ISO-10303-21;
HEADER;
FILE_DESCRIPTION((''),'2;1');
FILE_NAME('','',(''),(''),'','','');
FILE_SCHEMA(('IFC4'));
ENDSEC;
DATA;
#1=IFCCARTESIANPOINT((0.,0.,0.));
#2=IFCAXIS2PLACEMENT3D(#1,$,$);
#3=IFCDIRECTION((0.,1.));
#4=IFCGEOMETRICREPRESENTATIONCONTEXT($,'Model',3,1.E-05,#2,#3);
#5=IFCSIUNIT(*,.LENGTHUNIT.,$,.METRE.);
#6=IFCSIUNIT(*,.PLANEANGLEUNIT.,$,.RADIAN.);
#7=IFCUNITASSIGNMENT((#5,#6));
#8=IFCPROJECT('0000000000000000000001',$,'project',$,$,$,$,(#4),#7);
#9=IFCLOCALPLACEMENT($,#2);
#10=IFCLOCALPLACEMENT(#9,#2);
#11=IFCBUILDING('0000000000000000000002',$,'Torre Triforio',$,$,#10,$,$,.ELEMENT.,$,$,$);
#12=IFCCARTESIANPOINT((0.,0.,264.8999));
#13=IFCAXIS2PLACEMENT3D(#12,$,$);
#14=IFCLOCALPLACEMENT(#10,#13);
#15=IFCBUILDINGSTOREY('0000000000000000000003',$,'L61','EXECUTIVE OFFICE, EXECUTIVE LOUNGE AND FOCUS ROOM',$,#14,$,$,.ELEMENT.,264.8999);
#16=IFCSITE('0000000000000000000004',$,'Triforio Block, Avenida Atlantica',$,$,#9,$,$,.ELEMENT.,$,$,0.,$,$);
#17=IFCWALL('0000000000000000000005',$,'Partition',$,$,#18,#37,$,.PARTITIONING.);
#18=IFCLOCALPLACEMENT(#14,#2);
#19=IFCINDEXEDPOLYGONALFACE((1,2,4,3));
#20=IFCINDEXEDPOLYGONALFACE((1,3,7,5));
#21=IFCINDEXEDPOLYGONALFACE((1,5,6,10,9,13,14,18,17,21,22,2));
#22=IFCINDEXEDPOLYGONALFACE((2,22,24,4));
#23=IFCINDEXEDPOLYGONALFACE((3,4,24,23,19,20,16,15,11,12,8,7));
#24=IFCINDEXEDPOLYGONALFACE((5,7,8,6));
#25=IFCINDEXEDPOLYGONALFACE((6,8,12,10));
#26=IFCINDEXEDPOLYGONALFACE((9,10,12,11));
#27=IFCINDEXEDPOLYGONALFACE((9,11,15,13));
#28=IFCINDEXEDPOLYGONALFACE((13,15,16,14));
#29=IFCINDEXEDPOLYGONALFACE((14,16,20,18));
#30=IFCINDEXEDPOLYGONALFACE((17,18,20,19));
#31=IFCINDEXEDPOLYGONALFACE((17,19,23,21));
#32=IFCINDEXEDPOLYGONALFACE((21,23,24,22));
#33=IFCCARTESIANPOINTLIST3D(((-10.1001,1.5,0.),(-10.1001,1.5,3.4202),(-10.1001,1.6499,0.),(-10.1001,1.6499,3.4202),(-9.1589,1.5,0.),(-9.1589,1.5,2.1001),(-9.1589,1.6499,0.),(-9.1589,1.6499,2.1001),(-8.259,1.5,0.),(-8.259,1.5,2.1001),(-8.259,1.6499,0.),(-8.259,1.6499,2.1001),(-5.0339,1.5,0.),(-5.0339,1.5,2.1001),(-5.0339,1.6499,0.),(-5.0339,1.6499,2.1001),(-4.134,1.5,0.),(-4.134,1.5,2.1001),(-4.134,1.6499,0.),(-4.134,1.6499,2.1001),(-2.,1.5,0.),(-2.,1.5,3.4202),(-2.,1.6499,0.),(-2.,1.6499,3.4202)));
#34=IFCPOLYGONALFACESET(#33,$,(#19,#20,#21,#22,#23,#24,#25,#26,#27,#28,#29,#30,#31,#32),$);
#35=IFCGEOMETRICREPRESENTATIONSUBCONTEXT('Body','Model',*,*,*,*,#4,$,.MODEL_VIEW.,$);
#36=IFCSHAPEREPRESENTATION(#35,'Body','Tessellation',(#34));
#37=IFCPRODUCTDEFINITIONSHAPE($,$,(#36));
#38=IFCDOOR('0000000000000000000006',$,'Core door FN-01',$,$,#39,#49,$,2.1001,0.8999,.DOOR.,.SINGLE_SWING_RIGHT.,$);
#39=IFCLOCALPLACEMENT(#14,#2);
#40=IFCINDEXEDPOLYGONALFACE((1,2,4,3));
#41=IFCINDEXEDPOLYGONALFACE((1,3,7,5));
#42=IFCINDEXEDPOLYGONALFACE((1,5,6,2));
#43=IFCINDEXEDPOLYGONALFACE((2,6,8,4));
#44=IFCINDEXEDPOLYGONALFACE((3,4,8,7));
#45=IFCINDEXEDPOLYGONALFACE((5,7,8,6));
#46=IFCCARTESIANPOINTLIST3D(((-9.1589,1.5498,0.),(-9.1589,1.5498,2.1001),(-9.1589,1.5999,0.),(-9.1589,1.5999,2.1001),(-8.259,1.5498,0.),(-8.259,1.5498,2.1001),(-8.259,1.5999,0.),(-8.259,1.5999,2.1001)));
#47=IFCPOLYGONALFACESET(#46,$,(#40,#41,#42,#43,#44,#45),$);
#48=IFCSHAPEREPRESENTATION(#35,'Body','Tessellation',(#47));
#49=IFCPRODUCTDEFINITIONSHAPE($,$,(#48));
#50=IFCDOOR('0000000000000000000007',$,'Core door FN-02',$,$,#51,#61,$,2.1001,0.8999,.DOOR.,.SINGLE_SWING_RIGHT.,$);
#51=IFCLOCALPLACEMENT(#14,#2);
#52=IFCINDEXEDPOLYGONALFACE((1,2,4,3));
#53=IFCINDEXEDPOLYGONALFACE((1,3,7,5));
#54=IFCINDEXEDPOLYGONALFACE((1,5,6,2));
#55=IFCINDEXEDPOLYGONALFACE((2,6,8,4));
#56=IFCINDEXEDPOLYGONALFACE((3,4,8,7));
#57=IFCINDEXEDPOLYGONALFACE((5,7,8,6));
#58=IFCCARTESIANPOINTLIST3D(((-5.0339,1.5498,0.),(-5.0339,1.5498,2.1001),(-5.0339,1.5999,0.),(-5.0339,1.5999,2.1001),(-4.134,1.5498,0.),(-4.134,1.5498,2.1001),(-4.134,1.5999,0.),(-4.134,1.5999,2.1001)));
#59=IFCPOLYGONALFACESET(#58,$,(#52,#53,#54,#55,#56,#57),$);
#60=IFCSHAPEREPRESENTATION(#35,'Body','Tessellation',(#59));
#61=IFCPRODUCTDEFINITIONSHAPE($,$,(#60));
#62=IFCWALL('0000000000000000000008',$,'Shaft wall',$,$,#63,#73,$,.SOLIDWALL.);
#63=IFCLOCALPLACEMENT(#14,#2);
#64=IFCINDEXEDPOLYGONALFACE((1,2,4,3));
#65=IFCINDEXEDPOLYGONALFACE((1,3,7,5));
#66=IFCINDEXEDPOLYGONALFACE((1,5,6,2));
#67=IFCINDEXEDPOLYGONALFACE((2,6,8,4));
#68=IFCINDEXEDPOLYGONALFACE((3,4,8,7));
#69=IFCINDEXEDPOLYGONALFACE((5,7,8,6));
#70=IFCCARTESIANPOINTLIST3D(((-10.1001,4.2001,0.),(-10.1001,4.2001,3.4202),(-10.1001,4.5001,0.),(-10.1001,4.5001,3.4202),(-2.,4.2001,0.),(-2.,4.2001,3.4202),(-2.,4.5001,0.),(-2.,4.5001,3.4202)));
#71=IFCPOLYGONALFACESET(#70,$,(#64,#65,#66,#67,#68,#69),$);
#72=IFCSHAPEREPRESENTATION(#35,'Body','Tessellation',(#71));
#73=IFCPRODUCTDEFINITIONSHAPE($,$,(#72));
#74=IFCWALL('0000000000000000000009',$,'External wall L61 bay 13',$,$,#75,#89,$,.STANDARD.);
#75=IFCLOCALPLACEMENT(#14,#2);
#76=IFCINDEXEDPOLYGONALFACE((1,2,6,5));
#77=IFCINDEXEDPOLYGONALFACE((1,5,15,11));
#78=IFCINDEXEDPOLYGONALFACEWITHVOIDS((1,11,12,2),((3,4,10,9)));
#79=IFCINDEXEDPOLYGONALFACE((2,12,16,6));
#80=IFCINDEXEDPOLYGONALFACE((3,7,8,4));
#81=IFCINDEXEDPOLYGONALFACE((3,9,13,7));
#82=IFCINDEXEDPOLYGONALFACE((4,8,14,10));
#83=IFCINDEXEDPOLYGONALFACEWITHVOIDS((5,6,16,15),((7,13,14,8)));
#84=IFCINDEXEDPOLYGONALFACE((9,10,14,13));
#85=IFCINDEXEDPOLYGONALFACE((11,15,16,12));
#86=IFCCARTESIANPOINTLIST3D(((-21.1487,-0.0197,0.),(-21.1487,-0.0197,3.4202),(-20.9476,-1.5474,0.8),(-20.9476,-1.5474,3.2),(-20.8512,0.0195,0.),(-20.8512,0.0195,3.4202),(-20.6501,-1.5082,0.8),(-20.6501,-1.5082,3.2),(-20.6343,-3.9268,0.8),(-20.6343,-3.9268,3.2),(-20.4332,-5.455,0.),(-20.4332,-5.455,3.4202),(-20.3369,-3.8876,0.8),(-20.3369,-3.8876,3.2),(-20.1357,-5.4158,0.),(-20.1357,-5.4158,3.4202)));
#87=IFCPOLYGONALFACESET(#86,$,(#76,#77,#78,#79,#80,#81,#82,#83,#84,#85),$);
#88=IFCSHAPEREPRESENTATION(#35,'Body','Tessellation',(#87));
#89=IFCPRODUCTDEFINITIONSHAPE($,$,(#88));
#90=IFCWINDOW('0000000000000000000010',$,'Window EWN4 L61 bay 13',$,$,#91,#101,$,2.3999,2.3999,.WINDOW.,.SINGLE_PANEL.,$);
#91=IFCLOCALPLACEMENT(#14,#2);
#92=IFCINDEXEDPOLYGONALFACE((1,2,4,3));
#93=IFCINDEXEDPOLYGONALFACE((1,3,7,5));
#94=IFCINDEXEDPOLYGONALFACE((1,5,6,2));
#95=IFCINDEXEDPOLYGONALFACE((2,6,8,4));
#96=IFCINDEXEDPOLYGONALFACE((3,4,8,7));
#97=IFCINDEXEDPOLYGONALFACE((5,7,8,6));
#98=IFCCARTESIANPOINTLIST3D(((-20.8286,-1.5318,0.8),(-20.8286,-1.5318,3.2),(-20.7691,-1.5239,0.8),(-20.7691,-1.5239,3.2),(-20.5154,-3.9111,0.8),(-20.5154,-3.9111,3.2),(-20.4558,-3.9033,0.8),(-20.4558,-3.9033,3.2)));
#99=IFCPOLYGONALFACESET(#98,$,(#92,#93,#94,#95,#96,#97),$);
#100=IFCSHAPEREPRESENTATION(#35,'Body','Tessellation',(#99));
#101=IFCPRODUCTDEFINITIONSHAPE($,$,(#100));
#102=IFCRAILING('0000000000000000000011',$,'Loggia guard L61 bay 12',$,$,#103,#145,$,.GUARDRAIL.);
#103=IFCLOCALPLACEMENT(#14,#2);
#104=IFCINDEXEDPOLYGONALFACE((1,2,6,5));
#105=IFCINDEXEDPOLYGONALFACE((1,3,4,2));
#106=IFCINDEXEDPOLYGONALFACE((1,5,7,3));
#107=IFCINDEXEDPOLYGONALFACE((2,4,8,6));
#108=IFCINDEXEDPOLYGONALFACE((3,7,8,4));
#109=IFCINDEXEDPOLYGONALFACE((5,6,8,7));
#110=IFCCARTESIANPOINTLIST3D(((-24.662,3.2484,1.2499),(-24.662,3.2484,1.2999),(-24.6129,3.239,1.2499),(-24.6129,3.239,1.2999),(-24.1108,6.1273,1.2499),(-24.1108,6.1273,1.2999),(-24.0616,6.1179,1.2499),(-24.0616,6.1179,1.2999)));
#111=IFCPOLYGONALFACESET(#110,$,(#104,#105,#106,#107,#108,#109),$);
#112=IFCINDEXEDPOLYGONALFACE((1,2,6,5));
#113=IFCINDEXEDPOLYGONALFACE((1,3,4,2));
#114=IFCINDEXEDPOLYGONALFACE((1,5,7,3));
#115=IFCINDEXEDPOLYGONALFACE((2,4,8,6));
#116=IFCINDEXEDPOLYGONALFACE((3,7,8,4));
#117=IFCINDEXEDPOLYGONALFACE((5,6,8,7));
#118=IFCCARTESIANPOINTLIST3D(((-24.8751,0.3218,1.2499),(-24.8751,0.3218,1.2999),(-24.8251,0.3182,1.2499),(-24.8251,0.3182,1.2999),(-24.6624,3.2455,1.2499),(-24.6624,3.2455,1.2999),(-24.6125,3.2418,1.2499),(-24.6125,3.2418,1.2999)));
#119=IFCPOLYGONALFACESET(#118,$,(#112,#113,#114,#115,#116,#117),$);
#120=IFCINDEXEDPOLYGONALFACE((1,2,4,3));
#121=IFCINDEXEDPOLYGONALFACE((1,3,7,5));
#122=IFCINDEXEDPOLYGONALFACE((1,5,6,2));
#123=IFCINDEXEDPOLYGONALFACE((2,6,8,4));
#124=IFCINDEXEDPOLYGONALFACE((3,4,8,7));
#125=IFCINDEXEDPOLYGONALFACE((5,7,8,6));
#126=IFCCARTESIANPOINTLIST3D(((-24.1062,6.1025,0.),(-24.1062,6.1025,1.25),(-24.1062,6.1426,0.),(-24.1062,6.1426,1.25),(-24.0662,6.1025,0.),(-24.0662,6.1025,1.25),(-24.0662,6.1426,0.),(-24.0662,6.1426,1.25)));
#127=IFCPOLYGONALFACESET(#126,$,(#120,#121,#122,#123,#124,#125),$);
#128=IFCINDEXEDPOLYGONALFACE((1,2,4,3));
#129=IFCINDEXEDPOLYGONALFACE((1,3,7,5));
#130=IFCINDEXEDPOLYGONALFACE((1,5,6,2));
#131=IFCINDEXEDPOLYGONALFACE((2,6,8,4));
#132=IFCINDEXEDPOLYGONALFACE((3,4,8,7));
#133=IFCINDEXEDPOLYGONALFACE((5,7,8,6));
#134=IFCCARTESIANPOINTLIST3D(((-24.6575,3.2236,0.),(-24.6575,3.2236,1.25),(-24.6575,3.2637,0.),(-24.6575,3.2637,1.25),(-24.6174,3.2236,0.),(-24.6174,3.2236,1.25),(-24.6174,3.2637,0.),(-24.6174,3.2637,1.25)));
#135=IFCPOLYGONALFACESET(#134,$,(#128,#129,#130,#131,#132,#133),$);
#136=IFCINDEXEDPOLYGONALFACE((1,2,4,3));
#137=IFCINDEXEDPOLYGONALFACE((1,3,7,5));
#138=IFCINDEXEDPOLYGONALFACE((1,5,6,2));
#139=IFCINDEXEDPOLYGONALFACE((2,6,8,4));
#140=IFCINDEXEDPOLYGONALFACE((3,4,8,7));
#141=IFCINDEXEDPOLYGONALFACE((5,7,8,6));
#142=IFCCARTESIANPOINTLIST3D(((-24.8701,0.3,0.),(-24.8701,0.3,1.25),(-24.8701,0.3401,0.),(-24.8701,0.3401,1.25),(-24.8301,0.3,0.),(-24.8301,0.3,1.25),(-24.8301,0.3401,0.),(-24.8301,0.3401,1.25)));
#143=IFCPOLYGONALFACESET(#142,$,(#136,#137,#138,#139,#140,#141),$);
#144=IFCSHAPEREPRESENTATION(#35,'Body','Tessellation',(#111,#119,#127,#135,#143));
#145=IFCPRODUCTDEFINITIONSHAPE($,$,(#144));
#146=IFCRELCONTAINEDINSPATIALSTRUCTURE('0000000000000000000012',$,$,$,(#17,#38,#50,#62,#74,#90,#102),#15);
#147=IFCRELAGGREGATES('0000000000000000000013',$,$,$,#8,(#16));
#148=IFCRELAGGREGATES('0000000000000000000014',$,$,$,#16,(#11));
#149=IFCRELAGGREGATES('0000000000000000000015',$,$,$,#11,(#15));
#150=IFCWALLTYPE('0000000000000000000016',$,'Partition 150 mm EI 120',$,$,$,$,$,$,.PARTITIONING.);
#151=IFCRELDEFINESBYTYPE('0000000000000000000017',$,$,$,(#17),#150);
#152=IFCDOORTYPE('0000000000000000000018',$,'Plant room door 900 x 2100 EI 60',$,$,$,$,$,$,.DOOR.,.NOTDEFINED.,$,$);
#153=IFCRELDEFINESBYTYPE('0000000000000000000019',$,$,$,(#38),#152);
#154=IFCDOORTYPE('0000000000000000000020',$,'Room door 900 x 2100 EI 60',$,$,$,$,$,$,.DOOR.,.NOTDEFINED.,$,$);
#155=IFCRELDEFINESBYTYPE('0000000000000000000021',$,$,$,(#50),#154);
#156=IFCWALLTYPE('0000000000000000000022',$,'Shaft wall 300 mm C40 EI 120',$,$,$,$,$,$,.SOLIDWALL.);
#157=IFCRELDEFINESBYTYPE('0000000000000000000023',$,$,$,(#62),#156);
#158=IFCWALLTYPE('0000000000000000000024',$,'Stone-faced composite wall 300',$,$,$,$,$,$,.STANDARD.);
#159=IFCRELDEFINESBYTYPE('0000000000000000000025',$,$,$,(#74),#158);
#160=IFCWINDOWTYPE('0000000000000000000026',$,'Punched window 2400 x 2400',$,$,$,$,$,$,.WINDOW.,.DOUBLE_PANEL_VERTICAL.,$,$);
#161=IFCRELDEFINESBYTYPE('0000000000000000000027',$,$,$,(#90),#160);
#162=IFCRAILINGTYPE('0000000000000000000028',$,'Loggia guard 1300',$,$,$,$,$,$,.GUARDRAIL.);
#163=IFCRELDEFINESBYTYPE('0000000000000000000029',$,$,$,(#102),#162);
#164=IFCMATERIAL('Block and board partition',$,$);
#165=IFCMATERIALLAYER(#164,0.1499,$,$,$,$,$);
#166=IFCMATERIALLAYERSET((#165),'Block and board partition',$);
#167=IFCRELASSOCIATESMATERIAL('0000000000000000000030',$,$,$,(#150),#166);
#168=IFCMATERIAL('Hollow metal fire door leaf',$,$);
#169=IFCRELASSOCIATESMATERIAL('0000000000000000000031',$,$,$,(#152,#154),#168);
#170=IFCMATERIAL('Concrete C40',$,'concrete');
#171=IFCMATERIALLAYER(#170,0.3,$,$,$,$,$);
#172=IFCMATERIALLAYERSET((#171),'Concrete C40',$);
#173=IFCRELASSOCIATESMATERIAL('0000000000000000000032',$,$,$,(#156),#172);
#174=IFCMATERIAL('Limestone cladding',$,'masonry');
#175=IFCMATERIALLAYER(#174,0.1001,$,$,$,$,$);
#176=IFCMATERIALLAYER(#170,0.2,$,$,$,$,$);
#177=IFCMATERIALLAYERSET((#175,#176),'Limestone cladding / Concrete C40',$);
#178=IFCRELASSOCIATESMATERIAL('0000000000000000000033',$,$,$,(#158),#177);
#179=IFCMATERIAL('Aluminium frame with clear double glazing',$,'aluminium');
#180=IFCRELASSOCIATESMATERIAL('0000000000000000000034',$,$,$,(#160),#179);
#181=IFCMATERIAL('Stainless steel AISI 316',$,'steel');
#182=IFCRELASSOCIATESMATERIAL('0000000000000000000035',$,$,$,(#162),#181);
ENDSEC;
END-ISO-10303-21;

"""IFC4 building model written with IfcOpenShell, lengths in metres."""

from ifc_helpers import new_model, si_unit, direction, frame, frame_2d, origin, origin_2d, place, context, subcontext, project, spatial, rectangle, extrude, material, layer, layer_set, type_object, element, fill, save


model = new_model("IFC4")

# Units and contexts
model_context = context("Model", 3, precision=1e-05, world=origin(), true_north=direction((0.0, 1.0)))
body_context = subcontext(model_context, "Body", "Model", "MODEL_VIEW")
ifc_project = project(units=[si_unit("LENGTHUNIT", "METRE"), si_unit("PLANEANGLEUNIT", "RADIAN")], contexts=[model_context])

# Site, building, storey
site_placement = place(None, origin())
site = spatial("IfcSite", under=ifc_project, at=site_placement, Name="Triforio Block, Avenida Atlantica", CompositionType="ELEMENT", RefElevation=0.0)
building_placement = place(site_placement, origin())
building = spatial("IfcBuilding", under=site, at=building_placement, Name="Torre Triforio", CompositionType="ELEMENT")
storey_placement = place(building_placement, frame((0.0, 0.0, 264.8999)))
storey = spatial("IfcBuildingStorey", under=building, at=storey_placement, Name="L61", Description="EXECUTIVE OFFICE, EXECUTIVE LOUNGE AND FOCUS ROOM", CompositionType="ELEMENT", Elevation=264.8999)

# Shared definitions
ifc_material_1 = material(Name="Concrete C40", Category="concrete")

# Shared definitions
ifc_material_2 = material(Name="Hollow metal fire door leaf")

# Wall, openings, doors
ifc_material_3 = material(Name="Block and board partition")
ifc_layer_1 = layer(ifc_material_3, 0.1499)
ifc_layer_set_1 = layer_set([ifc_layer_1], Name="Block and board partition")
wall_type_1 = type_object("IfcWallType", Name="Partition 150 mm EI 120", PredefinedType="PARTITIONING", material=ifc_layer_set_1)
wall_1_placement = place(storey_placement, frame((-10.1001, 1.575, 0.0), z_axis=(0.0, 0.0, 1.0), x_axis=(1.0, 0.0, 0.0)))
wall_1 = element("IfcWall", 1, at=wall_1_placement, inside=storey, type_object=wall_type_1, Name="Partition", PredefinedType="PARTITIONING", context=body_context, shape_type="SweptSolid", body=[
    extrude(rectangle(XDim=8.1001, YDim=0.1499, at=frame_2d((4.05, 0.0))), origin(), (0.0, 0.0, 1.0), 3.4202),
])
opening_1_placement = place(wall_1_placement, frame((0.9412, 0.0, 0.0)))
opening_1 = element("IfcOpeningElement", 2, at=opening_1_placement, cuts=wall_1, PredefinedType="OPENING", context=body_context, shape_type="SweptSolid", body=[
    extrude(rectangle(XDim=0.8999, YDim=2.1001, at=frame_2d((0.45, 1.05))), frame((0.0, 0.085, 0.0), z_axis=(0.0, -1.0, 0.0), x_axis=(1.0, 0.0, 0.0)), (0.0, 0.0, 1.0), 0.1699),
])
opening_2_placement = place(wall_1_placement, frame((5.0662, 0.0, 0.0)))
opening_2 = element("IfcOpeningElement", 3, at=opening_2_placement, cuts=wall_1, PredefinedType="OPENING", context=body_context, shape_type="SweptSolid", body=[
    extrude(rectangle(XDim=0.8999, YDim=2.1001, at=frame_2d((0.45, 1.05))), frame((0.0, 0.085, 0.0), z_axis=(0.0, -1.0, 0.0), x_axis=(1.0, 0.0, 0.0)), (0.0, 0.0, 1.0), 0.1699),
])
door_type_1 = type_object("IfcDoorType", Name="Plant room door 900 x 2100 EI 60", OperationType="NOTDEFINED", PredefinedType="DOOR", material=ifc_material_2)
door_1_placement = place(opening_1_placement, origin())
door_1 = element("IfcDoor", 4, at=door_1_placement, inside=storey, type_object=door_type_1, Name="Core door FN-01", OperationType="SINGLE_SWING_RIGHT", OverallHeight=2.1001, OverallWidth=0.8999, PredefinedType="DOOR", context=body_context, shape_type="SweptSolid", body=[
    extrude(rectangle(XDim=0.8999, YDim=2.1001, at=frame_2d((0.45, 1.05))), frame((0.0, 0.0249, 0.0), z_axis=(0.0, -1.0, 0.0), x_axis=(1.0, 0.0, 0.0)), (0.0, 0.0, 1.0), 0.05),
])
fill(opening_1, door_1)
door_type_2 = type_object("IfcDoorType", Name="Room door 900 x 2100 EI 60", OperationType="NOTDEFINED", PredefinedType="DOOR", material=ifc_material_2)
door_2_placement = place(opening_2_placement, origin())
door_2 = element("IfcDoor", 5, at=door_2_placement, inside=storey, type_object=door_type_2, Name="Core door FN-02", OperationType="SINGLE_SWING_RIGHT", OverallHeight=2.1001, OverallWidth=0.8999, PredefinedType="DOOR", context=body_context, shape_type="SweptSolid", body=[
    extrude(rectangle(XDim=0.8999, YDim=2.1001, at=frame_2d((0.45, 1.05))), frame((0.0, 0.0249, 0.0), z_axis=(0.0, -1.0, 0.0), x_axis=(1.0, 0.0, 0.0)), (0.0, 0.0, 1.0), 0.05),
])
fill(opening_2, door_2)

# Wall
ifc_layer_2 = layer(ifc_material_1, 0.3)
ifc_layer_set_2 = layer_set([ifc_layer_2], Name="Concrete C40")
wall_type_2 = type_object("IfcWallType", Name="Shaft wall 300 mm C40 EI 120", PredefinedType="SOLIDWALL", material=ifc_layer_set_2)
wall_2_placement = place(storey_placement, frame((-10.1001, 4.3501, 0.0), z_axis=(0.0, 0.0, 1.0), x_axis=(1.0, 0.0, 0.0)))
element("IfcWall", 6, at=wall_2_placement, inside=storey, type_object=wall_type_2, Name="Shaft wall", PredefinedType="SOLIDWALL", context=body_context, shape_type="SweptSolid", body=[
    extrude(rectangle(XDim=8.1001, YDim=0.3, at=frame_2d((4.05, 0.0))), origin(), (0.0, 0.0, 1.0), 3.4202),
])

# Shared definitions
ifc_material_4 = material(Name="Limestone cladding", Category="masonry")
ifc_layer_3 = layer(ifc_material_4, 0.1001)
ifc_layer_4 = layer(ifc_material_1, 0.2)
ifc_layer_set_3 = layer_set([ifc_layer_3, ifc_layer_4], Name="Limestone cladding / Concrete C40")
wall_type_3 = type_object("IfcWallType", Name="Stone-faced composite wall 300", PredefinedType="STANDARD", material=ifc_layer_set_3)
ifc_material_5 = material(Name="Aluminium frame with clear double glazing", Category="aluminium")

# Wall, opening, window
wall_3_placement = place(storey_placement, frame((-21.0, 0.0, 0.0), z_axis=(0.0, 0.0, 1.0), x_axis=(0.130527, -0.991445, 0.0)))
wall_3 = element("IfcWall", 7, at=wall_3_placement, inside=storey, type_object=wall_type_3, Name="External wall L61 bay 13", PredefinedType="STANDARD", context=body_context, shape_type="SweptSolid", body=[
    extrude(rectangle(XDim=5.4822, YDim=0.3, at=frame_2d((2.7412, 0.0))), origin(), (0.0, 0.0, 1.0), 3.4202),
])
opening_3_placement = place(wall_3_placement, frame((1.541, 0.0, 0.8)))
opening_3 = element("IfcOpeningElement", 8, at=opening_3_placement, cuts=wall_3, PredefinedType="OPENING", context=body_context, shape_type="SweptSolid", body=[
    extrude(rectangle(XDim=2.3999, YDim=2.3999, at=frame_2d((1.2, 1.2))), frame((0.0, 0.1599, 0.0), z_axis=(0.0, -1.0, 0.0), x_axis=(1.0, 0.0, 0.0)), (0.0, 0.0, 1.0), 0.3201),
])
window_type_1 = type_object("IfcWindowType", Name="Punched window 2400 x 2400", PartitioningType="DOUBLE_PANEL_VERTICAL", PredefinedType="WINDOW", material=ifc_material_5)
window_1_placement = place(opening_3_placement, origin())
window_1 = element("IfcWindow", 9, at=window_1_placement, inside=storey, type_object=window_type_1, Name="Window EWN4 L61 bay 13", OverallHeight=2.3999, OverallWidth=2.3999, PartitioningType="SINGLE_PANEL", PredefinedType="WINDOW", context=body_context, shape_type="SweptSolid", body=[
    extrude(rectangle(XDim=2.3999, YDim=2.3999, at=frame_2d((1.2, 1.2))), frame((0.0, 0.03, 0.0), z_axis=(0.0, -1.0, 0.0), x_axis=(1.0, 0.0, 0.0)), (0.0, 0.0, 1.0), 0.0601),
])
fill(opening_3, window_1)

# Railing
ifc_material_6 = material(Name="Stainless steel AISI 316", Category="steel")
railing_type = type_object("IfcRailingType", Name="Loggia guard 1300", PredefinedType="GUARDRAIL", material=ifc_material_6)
railing_placement = place(storey_placement, frame((-24.0862, 6.1226, 0.0)))
element("IfcRailing", 10, at=railing_placement, inside=storey, type_object=railing_type, Name="Loggia guard L61 bay 12", PredefinedType="GUARDRAIL", context=body_context, shape_type="SweptSolid", body=[
    extrude(rectangle(XDim=0.05, YDim=0.05, at=origin_2d()), frame((0.0, 0.0, 1.2749), z_axis=(-0.188069, -0.982156, 0.0), x_axis=(0.982156, -0.188069, 0.0)), (0.0, 0.0, 1.0), 2.9312),
    extrude(rectangle(XDim=0.05, YDim=0.05, at=origin_2d()), frame((-0.5513, -2.8789, 1.2749), z_axis=(-0.072543, -0.997365, 0.0), x_axis=(0.997365, -0.072543, 0.0)), (0.0, 0.0, 1.0), 2.9314),
    extrude(rectangle(XDim=0.04, YDim=0.04, at=origin_2d()), origin(), (0.0, 0.0, 1.0), 1.25),
    extrude(rectangle(XDim=0.04, YDim=0.04, at=origin_2d()), frame((-0.5513, -2.8789, 0.0)), (0.0, 0.0, 1.0), 1.25),
    extrude(rectangle(XDim=0.04, YDim=0.04, at=origin_2d()), frame((-0.7639, -5.8025, 0.0)), (0.0, 0.0, 1.0), 1.25),
])

save(model, "model.ifc")
